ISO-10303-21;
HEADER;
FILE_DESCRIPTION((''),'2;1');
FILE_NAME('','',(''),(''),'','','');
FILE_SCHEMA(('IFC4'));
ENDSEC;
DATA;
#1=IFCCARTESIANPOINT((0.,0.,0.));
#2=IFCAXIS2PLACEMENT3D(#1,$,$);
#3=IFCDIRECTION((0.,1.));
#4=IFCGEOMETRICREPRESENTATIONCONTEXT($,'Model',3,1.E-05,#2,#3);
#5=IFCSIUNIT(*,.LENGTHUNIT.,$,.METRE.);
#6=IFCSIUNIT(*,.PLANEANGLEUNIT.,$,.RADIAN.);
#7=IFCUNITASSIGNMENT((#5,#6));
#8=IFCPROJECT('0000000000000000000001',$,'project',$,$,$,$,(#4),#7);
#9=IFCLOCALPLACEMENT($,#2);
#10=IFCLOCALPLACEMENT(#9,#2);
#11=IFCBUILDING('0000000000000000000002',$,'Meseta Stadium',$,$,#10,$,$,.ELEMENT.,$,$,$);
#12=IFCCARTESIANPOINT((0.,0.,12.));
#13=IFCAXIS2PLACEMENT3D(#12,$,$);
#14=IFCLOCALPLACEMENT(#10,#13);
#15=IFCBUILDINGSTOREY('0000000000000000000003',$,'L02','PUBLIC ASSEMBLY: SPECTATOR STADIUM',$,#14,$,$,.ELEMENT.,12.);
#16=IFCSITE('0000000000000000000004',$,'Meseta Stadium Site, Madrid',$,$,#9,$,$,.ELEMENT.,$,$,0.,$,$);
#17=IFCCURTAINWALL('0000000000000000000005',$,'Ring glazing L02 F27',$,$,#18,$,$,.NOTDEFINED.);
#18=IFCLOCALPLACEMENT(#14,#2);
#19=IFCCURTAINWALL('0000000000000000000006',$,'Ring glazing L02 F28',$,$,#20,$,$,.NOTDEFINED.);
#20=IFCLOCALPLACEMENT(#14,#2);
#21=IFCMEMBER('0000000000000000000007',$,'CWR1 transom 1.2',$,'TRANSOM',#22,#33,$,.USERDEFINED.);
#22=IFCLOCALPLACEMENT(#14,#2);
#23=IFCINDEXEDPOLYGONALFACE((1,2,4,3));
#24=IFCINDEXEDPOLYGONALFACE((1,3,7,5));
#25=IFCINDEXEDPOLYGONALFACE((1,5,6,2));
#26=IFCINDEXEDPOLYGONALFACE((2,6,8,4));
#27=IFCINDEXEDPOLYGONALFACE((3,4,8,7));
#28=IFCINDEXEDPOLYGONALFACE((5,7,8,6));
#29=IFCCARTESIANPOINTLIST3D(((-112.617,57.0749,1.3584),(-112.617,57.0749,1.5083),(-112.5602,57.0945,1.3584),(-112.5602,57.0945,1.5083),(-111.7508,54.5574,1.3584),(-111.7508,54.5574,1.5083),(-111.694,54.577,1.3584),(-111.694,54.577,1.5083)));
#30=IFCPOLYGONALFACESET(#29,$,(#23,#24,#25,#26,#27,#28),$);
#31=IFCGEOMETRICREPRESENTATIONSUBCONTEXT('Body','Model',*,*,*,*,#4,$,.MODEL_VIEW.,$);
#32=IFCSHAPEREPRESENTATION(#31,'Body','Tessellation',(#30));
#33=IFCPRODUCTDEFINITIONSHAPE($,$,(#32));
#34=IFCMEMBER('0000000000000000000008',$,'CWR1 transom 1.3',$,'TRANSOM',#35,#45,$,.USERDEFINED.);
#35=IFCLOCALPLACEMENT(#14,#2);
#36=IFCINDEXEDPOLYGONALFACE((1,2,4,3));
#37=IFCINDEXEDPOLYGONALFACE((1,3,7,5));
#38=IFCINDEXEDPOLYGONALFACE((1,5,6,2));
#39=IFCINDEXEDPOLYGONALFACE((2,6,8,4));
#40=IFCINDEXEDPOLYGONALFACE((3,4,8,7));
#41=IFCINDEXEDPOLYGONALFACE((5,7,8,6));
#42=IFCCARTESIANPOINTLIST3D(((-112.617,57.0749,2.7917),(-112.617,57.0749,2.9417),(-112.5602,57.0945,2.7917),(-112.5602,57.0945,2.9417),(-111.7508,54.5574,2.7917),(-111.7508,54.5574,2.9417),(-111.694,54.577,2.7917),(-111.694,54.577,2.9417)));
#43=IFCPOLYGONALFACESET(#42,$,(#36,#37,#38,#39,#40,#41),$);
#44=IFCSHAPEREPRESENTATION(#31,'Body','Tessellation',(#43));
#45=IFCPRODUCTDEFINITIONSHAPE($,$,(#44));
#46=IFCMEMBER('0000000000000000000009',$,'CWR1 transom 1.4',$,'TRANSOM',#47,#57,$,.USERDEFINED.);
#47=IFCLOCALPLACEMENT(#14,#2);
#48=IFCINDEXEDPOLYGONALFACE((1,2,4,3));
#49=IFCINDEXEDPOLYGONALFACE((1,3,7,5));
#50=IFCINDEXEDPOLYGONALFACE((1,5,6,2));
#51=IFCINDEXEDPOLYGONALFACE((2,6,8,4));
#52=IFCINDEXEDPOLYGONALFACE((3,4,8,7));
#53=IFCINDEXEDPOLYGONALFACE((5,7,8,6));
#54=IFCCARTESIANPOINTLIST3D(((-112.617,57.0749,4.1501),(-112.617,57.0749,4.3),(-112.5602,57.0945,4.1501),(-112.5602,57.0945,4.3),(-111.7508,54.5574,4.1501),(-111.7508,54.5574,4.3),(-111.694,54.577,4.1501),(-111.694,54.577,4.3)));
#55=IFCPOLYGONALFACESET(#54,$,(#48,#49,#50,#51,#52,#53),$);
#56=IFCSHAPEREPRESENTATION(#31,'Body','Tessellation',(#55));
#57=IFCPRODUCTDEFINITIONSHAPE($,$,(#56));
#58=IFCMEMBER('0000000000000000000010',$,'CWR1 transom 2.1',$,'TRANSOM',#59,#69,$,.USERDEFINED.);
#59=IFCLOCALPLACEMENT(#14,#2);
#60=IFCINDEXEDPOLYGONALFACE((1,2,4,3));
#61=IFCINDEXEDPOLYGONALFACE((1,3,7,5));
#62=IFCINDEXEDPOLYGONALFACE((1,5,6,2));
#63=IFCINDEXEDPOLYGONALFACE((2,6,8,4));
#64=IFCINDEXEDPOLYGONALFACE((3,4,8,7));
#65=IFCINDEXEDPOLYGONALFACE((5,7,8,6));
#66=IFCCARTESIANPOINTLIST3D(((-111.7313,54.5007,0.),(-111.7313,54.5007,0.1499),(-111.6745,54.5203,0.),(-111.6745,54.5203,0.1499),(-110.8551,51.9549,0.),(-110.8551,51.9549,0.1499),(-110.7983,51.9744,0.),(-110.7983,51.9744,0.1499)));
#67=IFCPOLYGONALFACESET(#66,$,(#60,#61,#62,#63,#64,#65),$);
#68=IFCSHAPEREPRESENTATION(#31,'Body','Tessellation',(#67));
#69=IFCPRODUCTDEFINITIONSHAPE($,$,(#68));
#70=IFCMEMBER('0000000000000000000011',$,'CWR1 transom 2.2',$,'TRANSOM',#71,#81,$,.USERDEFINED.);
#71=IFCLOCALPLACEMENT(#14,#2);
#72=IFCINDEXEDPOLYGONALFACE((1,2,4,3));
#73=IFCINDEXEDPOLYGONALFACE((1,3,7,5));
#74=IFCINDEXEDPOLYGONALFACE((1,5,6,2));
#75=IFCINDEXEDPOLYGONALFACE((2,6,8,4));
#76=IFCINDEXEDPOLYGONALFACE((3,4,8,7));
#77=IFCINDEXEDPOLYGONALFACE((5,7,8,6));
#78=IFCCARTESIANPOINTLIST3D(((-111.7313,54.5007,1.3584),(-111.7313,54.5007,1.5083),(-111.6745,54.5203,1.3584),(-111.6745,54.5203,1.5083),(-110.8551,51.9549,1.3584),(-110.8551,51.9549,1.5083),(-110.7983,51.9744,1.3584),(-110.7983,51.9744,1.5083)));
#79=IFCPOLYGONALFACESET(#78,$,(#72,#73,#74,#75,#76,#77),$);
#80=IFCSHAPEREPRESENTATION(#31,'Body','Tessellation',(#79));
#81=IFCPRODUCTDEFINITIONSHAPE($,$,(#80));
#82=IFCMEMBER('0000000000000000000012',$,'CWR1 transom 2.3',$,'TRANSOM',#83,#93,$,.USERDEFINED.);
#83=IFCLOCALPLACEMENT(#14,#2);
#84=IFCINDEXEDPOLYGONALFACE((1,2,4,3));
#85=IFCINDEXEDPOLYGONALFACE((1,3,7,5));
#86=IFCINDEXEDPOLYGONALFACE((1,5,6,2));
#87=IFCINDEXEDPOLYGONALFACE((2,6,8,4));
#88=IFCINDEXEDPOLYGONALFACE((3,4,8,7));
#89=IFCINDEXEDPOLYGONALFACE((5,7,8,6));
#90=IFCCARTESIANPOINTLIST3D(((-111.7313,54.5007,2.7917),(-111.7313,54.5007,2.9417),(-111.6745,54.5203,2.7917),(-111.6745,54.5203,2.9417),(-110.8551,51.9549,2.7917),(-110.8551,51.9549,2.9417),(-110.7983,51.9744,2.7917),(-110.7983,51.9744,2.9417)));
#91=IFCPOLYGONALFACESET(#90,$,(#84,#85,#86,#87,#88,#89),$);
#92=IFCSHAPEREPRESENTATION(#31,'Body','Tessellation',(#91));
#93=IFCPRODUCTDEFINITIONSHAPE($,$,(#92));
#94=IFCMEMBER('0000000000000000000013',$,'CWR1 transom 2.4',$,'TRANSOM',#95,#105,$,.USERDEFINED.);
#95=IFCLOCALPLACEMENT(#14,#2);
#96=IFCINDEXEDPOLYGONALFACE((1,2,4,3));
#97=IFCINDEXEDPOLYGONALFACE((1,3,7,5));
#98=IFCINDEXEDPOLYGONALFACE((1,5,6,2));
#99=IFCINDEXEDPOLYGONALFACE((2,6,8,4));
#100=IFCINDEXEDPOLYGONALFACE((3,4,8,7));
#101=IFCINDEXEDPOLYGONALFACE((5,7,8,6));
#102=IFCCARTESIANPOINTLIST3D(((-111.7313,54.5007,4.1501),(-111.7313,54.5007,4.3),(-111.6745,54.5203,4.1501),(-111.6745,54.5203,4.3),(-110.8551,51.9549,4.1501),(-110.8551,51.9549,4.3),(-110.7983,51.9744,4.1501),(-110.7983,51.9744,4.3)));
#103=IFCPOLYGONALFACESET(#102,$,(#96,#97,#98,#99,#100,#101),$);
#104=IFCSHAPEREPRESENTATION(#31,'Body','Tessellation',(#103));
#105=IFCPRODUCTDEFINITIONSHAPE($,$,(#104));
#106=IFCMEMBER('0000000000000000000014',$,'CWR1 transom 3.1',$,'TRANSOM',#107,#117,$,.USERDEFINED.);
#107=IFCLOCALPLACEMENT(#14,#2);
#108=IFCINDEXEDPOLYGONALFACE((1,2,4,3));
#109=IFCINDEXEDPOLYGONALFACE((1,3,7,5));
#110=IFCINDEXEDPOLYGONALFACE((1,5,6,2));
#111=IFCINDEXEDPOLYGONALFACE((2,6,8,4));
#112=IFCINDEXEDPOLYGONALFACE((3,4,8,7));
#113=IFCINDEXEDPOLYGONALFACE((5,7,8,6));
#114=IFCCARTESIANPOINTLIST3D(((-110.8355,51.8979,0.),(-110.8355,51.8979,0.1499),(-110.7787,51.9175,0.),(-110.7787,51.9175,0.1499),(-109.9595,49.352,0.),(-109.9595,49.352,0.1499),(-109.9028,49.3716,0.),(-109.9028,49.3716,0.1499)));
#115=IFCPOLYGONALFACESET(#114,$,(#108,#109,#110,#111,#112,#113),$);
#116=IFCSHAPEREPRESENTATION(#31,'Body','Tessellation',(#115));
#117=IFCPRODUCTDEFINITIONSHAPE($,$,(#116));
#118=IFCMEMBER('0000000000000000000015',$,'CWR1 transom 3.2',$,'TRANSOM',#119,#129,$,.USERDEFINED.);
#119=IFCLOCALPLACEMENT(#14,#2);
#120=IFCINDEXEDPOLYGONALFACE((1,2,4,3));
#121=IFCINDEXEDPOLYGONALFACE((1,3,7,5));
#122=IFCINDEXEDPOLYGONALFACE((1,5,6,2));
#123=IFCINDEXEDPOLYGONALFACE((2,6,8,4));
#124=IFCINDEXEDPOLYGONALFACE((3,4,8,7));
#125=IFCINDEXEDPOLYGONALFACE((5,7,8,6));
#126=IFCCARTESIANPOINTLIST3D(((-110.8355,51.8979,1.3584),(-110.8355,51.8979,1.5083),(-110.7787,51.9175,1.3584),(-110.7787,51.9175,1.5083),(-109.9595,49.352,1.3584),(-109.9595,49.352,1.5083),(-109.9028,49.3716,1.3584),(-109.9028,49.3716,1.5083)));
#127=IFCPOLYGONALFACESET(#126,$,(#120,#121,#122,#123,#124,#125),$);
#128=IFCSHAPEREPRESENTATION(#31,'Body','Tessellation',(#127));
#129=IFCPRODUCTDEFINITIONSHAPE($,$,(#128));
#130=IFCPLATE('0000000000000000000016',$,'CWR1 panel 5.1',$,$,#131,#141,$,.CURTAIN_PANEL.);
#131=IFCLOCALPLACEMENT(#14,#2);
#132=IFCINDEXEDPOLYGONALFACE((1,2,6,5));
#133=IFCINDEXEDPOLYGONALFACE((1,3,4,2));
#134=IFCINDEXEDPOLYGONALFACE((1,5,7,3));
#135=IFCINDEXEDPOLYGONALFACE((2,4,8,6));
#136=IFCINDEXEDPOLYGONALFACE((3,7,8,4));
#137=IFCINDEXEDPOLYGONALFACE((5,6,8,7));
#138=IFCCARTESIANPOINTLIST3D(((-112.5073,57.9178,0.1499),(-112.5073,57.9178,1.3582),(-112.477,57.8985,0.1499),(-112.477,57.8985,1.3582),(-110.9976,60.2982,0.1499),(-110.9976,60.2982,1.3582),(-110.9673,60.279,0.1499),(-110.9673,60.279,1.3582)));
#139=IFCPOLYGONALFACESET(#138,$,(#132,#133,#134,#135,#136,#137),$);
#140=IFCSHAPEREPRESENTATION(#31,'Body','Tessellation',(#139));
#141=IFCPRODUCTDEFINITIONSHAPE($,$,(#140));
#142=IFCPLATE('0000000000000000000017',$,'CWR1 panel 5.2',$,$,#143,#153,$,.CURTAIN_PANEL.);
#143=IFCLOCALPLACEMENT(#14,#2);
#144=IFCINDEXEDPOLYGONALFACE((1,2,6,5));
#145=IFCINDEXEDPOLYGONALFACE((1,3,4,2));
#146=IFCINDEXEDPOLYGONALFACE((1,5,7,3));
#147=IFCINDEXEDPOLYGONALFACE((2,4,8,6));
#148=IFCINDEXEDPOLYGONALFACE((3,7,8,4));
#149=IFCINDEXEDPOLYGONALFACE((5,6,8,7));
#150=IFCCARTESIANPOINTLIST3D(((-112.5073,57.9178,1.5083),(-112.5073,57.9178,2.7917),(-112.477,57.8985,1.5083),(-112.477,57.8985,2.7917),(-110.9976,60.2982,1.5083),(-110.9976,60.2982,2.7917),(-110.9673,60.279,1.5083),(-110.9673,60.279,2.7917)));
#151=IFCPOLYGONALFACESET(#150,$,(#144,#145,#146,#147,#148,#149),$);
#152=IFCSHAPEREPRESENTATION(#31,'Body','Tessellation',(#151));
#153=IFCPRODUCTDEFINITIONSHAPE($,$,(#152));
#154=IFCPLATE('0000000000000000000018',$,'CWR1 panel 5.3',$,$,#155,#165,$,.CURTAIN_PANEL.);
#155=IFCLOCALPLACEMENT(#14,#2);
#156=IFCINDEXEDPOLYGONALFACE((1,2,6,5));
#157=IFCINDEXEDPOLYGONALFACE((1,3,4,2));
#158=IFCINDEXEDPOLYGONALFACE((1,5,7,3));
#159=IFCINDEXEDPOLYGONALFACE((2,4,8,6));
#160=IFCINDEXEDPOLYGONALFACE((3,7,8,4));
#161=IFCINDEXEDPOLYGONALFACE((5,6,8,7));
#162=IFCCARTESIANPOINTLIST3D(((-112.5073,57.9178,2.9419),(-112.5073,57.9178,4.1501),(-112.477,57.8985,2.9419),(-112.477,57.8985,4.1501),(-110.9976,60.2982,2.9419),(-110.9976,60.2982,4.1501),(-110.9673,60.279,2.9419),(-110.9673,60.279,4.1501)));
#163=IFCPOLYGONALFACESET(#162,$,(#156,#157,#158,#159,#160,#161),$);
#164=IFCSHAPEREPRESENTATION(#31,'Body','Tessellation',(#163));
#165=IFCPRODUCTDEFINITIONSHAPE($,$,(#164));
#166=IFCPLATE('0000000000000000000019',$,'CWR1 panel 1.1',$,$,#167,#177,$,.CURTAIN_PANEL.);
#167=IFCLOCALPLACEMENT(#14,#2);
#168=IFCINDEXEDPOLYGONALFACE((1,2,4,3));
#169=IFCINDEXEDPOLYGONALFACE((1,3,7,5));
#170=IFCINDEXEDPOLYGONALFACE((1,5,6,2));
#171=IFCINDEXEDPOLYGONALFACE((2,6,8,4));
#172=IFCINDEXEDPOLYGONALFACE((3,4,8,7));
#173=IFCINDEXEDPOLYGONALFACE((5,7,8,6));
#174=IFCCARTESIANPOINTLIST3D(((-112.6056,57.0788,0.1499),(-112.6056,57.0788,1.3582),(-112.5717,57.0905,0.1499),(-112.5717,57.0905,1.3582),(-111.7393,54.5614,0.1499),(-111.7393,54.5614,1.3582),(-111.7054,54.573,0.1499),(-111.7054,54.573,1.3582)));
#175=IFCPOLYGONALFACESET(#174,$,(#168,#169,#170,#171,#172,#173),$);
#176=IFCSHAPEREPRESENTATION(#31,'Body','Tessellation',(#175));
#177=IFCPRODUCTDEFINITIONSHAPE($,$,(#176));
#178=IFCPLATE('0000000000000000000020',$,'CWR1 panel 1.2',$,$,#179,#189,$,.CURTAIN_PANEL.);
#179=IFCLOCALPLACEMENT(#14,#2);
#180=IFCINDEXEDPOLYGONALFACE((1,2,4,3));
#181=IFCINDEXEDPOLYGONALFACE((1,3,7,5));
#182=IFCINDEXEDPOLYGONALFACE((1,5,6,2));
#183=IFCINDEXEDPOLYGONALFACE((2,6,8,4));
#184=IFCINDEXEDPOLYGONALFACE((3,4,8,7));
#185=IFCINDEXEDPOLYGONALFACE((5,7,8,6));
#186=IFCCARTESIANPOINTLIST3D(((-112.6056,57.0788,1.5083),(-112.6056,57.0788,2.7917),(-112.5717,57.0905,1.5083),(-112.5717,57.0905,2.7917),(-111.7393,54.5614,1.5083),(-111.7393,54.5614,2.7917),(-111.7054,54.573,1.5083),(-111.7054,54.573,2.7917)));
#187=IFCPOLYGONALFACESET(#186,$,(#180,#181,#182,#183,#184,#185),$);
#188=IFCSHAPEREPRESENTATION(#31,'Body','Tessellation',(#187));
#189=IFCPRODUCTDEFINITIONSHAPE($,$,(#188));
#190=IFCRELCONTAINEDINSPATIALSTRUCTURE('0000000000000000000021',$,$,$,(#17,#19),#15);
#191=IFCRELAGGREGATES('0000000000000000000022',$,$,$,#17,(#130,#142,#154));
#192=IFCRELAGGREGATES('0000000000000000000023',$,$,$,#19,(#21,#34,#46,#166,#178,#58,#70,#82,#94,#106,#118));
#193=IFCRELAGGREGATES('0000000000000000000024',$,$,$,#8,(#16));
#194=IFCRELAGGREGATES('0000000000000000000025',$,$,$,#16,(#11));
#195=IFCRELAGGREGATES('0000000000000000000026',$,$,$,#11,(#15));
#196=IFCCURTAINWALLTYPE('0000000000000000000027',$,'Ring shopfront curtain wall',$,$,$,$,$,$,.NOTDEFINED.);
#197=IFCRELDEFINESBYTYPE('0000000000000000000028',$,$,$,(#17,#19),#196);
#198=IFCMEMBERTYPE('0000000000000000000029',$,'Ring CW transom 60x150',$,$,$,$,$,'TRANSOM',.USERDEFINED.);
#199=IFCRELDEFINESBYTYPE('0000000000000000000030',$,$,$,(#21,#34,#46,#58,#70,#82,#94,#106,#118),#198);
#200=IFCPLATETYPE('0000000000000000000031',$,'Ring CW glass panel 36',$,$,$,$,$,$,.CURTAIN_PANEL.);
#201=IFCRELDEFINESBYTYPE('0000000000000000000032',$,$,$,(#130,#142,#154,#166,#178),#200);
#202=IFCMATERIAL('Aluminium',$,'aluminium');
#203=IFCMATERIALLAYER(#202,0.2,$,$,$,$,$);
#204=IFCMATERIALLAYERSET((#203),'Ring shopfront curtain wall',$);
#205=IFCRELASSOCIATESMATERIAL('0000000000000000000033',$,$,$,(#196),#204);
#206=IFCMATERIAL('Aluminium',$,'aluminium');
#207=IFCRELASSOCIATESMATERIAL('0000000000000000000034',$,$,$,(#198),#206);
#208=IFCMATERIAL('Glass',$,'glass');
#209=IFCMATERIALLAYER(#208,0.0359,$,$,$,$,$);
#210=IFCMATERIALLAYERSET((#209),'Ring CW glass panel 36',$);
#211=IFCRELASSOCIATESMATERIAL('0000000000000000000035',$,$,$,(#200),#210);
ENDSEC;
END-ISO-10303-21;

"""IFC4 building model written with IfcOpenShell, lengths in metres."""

from ifc_helpers import new_model, si_unit, direction, frame, origin, origin_2d, place, context, subcontext, project, spatial, rectangle, extrude, material, layer, layer_set, material_profile, profile_set, type_object, element, aggregate, save


model = new_model("IFC4")

# Units and contexts
model_context = context("Model", 3, precision=1e-05, world=origin(), true_north=direction((0.0, 1.0)))
body_context = subcontext(model_context, "Body", "Model", "MODEL_VIEW")
ifc_project = project(units=[si_unit("LENGTHUNIT", "METRE"), si_unit("PLANEANGLEUNIT", "RADIAN")], contexts=[model_context])

# Site, building, storey
site_placement = place(None, origin())
site = spatial("IfcSite", under=ifc_project, at=site_placement, Name="Meseta Stadium Site, Madrid", CompositionType="ELEMENT", RefElevation=0.0)
building_placement = place(site_placement, origin())
building = spatial("IfcBuilding", under=site, at=building_placement, Name="Meseta Stadium", CompositionType="ELEMENT")
storey_placement = place(building_placement, frame((0.0, 0.0, 12.0)))
storey = spatial("IfcBuildingStorey", under=building, at=storey_placement, Name="L02", Description="PUBLIC ASSEMBLY: SPECTATOR STADIUM", CompositionType="ELEMENT", Elevation=12.0)

# Curtain walls
ifc_material_1 = material(Name="Aluminium", Category="aluminium")
ifc_layer_1 = layer(ifc_material_1, 0.2)
ifc_layer_set_1 = layer_set([ifc_layer_1], Name="Ring shopfront curtain wall")
curtain_wall_type = type_object("IfcCurtainWallType", Name="Ring shopfront curtain wall", PredefinedType="NOTDEFINED", material=ifc_layer_set_1)
curtain_wall_1_placement = place(storey_placement, origin())
curtain_wall_1 = element("IfcCurtainWall", 1, at=curtain_wall_1_placement, inside=storey, type_object=curtain_wall_type, Name="Ring glazing L02 F27", PredefinedType="NOTDEFINED")
curtain_wall_2_placement = place(storey_placement, origin())
curtain_wall_2 = element("IfcCurtainWall", 2, at=curtain_wall_2_placement, inside=storey, type_object=curtain_wall_type, Name="Ring glazing L02 F28", PredefinedType="NOTDEFINED")

# Members
ifc_material_2 = material(Name="Aluminium", Category="aluminium")
ifc_material_profile_1 = material_profile(ifc_material_2, rectangle(XDim=0.0601, YDim=0.1499, at=origin_2d()), Name="CW 60x150")
ifc_profile_set_1 = profile_set([ifc_material_profile_1], Name="Aluminium")
member_type_1 = type_object("IfcMemberType", Name="Ring CW transom 60x150", ElementType="TRANSOM", PredefinedType="USERDEFINED", material=ifc_profile_set_1)
member_1_placement = place(storey_placement, frame((-112.5886, 57.0847, 1.4333), z_axis=(0.325346, -0.945595, 0.0), x_axis=(0.945595, 0.325346, 0.0)))
member_1 = element("IfcMember", 3, at=member_1_placement, type_object=member_type_1, Name="CWR1 transom 1.2", ObjectType="TRANSOM", PredefinedType="USERDEFINED", context=body_context, shape_type="SweptSolid", body=[
    extrude(rectangle(XDim=0.0601, YDim=0.1499, at=origin_2d()), origin(), (0.0, 0.0, 1.0), 2.6624),
])
member_2_placement = place(storey_placement, frame((-112.5886, 57.0847, 2.8667), z_axis=(0.325346, -0.945595, 0.0), x_axis=(0.945595, 0.325346, 0.0)))
member_2 = element("IfcMember", 4, at=member_2_placement, type_object=member_type_1, Name="CWR1 transom 1.3", ObjectType="TRANSOM", PredefinedType="USERDEFINED", context=body_context, shape_type="SweptSolid", body=[
    extrude(rectangle(XDim=0.0601, YDim=0.1499, at=origin_2d()), origin(), (0.0, 0.0, 1.0), 2.6624),
])
member_3_placement = place(storey_placement, frame((-112.5886, 57.0847, 4.2251), z_axis=(0.325346, -0.945595, 0.0), x_axis=(0.945595, 0.325346, 0.0)))
member_3 = element("IfcMember", 5, at=member_3_placement, type_object=member_type_1, Name="CWR1 transom 1.4", ObjectType="TRANSOM", PredefinedType="USERDEFINED", context=body_context, shape_type="SweptSolid", body=[
    extrude(rectangle(XDim=0.0601, YDim=0.1499, at=origin_2d()), origin(), (0.0, 0.0, 1.0), 2.6624),
])
member_4_placement = place(storey_placement, frame((-111.7029, 54.5105, 0.075), z_axis=(0.325435, -0.945565, 0.0), x_axis=(0.945565, 0.325435, 0.0)))
member_4 = element("IfcMember", 6, at=member_4_placement, type_object=member_type_1, Name="CWR1 transom 2.1", ObjectType="TRANSOM", PredefinedType="USERDEFINED", context=body_context, shape_type="SweptSolid", body=[
    extrude(rectangle(XDim=0.0601, YDim=0.1499, at=origin_2d()), origin(), (0.0, 0.0, 1.0), 2.6924),
])
member_5_placement = place(storey_placement, frame((-111.7029, 54.5105, 1.4333), z_axis=(0.325435, -0.945565, 0.0), x_axis=(0.945565, 0.325435, 0.0)))
member_5 = element("IfcMember", 7, at=member_5_placement, type_object=member_type_1, Name="CWR1 transom 2.2", ObjectType="TRANSOM", PredefinedType="USERDEFINED", context=body_context, shape_type="SweptSolid", body=[
    extrude(rectangle(XDim=0.0601, YDim=0.1499, at=origin_2d()), origin(), (0.0, 0.0, 1.0), 2.6924),
])
member_6_placement = place(storey_placement, frame((-111.7029, 54.5105, 2.8667), z_axis=(0.325435, -0.945565, 0.0), x_axis=(0.945565, 0.325435, 0.0)))
member_6 = element("IfcMember", 8, at=member_6_placement, type_object=member_type_1, Name="CWR1 transom 2.3", ObjectType="TRANSOM", PredefinedType="USERDEFINED", context=body_context, shape_type="SweptSolid", body=[
    extrude(rectangle(XDim=0.0601, YDim=0.1499, at=origin_2d()), origin(), (0.0, 0.0, 1.0), 2.6924),
])
member_7_placement = place(storey_placement, frame((-111.7029, 54.5105, 4.2251), z_axis=(0.325435, -0.945565, 0.0), x_axis=(0.945565, 0.325435, 0.0)))
member_7 = element("IfcMember", 9, at=member_7_placement, type_object=member_type_1, Name="CWR1 transom 2.4", ObjectType="TRANSOM", PredefinedType="USERDEFINED", context=body_context, shape_type="SweptSolid", body=[
    extrude(rectangle(XDim=0.0601, YDim=0.1499, at=origin_2d()), origin(), (0.0, 0.0, 1.0), 2.6924),
])
member_8_placement = place(storey_placement, frame((-110.8071, 51.9077, 0.075), z_axis=(0.325353, -0.945592, 0.0), x_axis=(0.945592, 0.325353, 0.0)))
member_8 = element("IfcMember", 10, at=member_8_placement, type_object=member_type_1, Name="CWR1 transom 3.1", ObjectType="TRANSOM", PredefinedType="USERDEFINED", context=body_context, shape_type="SweptSolid", body=[
    extrude(rectangle(XDim=0.0601, YDim=0.1499, at=origin_2d()), origin(), (0.0, 0.0, 1.0), 2.6924),
])
member_9_placement = place(storey_placement, frame((-110.8071, 51.9077, 1.4333), z_axis=(0.325353, -0.945592, 0.0), x_axis=(0.945592, 0.325353, 0.0)))
member_9 = element("IfcMember", 11, at=member_9_placement, type_object=member_type_1, Name="CWR1 transom 3.2", ObjectType="TRANSOM", PredefinedType="USERDEFINED", context=body_context, shape_type="SweptSolid", body=[
    extrude(rectangle(XDim=0.0601, YDim=0.1499, at=origin_2d()), origin(), (0.0, 0.0, 1.0), 2.6924),
])

# Plates
ifc_material_3 = material(Name="Glass", Category="glass")
ifc_layer_2 = layer(ifc_material_3, 0.0359)
ifc_layer_set_2 = layer_set([ifc_layer_2], Name="Ring CW glass panel 36")
plate_type_1 = type_object("IfcPlateType", Name="Ring CW glass panel 36", PredefinedType="CURTAIN_PANEL", material=ifc_layer_set_2)
plate_1_placement = place(storey_placement, frame((-111.7373, 59.0984, 0.1499), z_axis=(0.0, 0.0, 1.0), x_axis=(-0.535569, -0.844491, 0.0)))
plate_1 = element("IfcPlate", 12, at=plate_1_placement, type_object=plate_type_1, Name="CWR1 panel 5.1", PredefinedType="CURTAIN_PANEL", context=body_context, shape_type="SweptSolid", body=[
    extrude(rectangle(XDim=2.8188, YDim=0.0359, at=origin_2d()), origin(), (0.0, 0.0, 1.0), 1.2083),
])
plate_2_placement = place(storey_placement, frame((-111.7373, 59.0984, 1.5083), z_axis=(0.0, 0.0, 1.0), x_axis=(-0.535569, -0.844491, 0.0)))
plate_2 = element("IfcPlate", 13, at=plate_2_placement, type_object=plate_type_1, Name="CWR1 panel 5.2", PredefinedType="CURTAIN_PANEL", context=body_context, shape_type="SweptSolid", body=[
    extrude(rectangle(XDim=2.8188, YDim=0.0359, at=origin_2d()), origin(), (0.0, 0.0, 1.0), 1.2834),
])
plate_3_placement = place(storey_placement, frame((-111.7373, 59.0984, 2.9419), z_axis=(0.0, 0.0, 1.0), x_axis=(-0.535569, -0.844491, 0.0)))
plate_3 = element("IfcPlate", 14, at=plate_3_placement, type_object=plate_type_1, Name="CWR1 panel 5.3", PredefinedType="CURTAIN_PANEL", context=body_context, shape_type="SweptSolid", body=[
    extrude(rectangle(XDim=2.8188, YDim=0.0359, at=origin_2d()), origin(), (0.0, 0.0, 1.0), 1.2083),
])
aggregate(curtain_wall_1, [plate_1, plate_2, plate_3])
plate_4_placement = place(storey_placement, frame((-112.1555, 55.8259, 0.1499), z_axis=(0.0, 0.0, 1.0), x_axis=(0.325386, -0.945581, 0.0)))
plate_4 = element("IfcPlate", 15, at=plate_4_placement, type_object=plate_type_1, Name="CWR1 panel 1.1", PredefinedType="CURTAIN_PANEL", context=body_context, shape_type="SweptSolid", body=[
    extrude(rectangle(XDim=2.6624, YDim=0.0359, at=origin_2d()), origin(), (0.0, 0.0, 1.0), 1.2083),
])
plate_5_placement = place(storey_placement, frame((-112.1555, 55.8259, 1.5083), z_axis=(0.0, 0.0, 1.0), x_axis=(0.325386, -0.945581, 0.0)))
plate_5 = element("IfcPlate", 16, at=plate_5_placement, type_object=plate_type_1, Name="CWR1 panel 1.2", PredefinedType="CURTAIN_PANEL", context=body_context, shape_type="SweptSolid", body=[
    extrude(rectangle(XDim=2.6624, YDim=0.0359, at=origin_2d()), origin(), (0.0, 0.0, 1.0), 1.2834),
])
aggregate(curtain_wall_2, [member_1, member_2, member_3, plate_4, plate_5, member_4, member_5, member_6, member_7, member_8, member_9])

save(model, "model.ifc")
